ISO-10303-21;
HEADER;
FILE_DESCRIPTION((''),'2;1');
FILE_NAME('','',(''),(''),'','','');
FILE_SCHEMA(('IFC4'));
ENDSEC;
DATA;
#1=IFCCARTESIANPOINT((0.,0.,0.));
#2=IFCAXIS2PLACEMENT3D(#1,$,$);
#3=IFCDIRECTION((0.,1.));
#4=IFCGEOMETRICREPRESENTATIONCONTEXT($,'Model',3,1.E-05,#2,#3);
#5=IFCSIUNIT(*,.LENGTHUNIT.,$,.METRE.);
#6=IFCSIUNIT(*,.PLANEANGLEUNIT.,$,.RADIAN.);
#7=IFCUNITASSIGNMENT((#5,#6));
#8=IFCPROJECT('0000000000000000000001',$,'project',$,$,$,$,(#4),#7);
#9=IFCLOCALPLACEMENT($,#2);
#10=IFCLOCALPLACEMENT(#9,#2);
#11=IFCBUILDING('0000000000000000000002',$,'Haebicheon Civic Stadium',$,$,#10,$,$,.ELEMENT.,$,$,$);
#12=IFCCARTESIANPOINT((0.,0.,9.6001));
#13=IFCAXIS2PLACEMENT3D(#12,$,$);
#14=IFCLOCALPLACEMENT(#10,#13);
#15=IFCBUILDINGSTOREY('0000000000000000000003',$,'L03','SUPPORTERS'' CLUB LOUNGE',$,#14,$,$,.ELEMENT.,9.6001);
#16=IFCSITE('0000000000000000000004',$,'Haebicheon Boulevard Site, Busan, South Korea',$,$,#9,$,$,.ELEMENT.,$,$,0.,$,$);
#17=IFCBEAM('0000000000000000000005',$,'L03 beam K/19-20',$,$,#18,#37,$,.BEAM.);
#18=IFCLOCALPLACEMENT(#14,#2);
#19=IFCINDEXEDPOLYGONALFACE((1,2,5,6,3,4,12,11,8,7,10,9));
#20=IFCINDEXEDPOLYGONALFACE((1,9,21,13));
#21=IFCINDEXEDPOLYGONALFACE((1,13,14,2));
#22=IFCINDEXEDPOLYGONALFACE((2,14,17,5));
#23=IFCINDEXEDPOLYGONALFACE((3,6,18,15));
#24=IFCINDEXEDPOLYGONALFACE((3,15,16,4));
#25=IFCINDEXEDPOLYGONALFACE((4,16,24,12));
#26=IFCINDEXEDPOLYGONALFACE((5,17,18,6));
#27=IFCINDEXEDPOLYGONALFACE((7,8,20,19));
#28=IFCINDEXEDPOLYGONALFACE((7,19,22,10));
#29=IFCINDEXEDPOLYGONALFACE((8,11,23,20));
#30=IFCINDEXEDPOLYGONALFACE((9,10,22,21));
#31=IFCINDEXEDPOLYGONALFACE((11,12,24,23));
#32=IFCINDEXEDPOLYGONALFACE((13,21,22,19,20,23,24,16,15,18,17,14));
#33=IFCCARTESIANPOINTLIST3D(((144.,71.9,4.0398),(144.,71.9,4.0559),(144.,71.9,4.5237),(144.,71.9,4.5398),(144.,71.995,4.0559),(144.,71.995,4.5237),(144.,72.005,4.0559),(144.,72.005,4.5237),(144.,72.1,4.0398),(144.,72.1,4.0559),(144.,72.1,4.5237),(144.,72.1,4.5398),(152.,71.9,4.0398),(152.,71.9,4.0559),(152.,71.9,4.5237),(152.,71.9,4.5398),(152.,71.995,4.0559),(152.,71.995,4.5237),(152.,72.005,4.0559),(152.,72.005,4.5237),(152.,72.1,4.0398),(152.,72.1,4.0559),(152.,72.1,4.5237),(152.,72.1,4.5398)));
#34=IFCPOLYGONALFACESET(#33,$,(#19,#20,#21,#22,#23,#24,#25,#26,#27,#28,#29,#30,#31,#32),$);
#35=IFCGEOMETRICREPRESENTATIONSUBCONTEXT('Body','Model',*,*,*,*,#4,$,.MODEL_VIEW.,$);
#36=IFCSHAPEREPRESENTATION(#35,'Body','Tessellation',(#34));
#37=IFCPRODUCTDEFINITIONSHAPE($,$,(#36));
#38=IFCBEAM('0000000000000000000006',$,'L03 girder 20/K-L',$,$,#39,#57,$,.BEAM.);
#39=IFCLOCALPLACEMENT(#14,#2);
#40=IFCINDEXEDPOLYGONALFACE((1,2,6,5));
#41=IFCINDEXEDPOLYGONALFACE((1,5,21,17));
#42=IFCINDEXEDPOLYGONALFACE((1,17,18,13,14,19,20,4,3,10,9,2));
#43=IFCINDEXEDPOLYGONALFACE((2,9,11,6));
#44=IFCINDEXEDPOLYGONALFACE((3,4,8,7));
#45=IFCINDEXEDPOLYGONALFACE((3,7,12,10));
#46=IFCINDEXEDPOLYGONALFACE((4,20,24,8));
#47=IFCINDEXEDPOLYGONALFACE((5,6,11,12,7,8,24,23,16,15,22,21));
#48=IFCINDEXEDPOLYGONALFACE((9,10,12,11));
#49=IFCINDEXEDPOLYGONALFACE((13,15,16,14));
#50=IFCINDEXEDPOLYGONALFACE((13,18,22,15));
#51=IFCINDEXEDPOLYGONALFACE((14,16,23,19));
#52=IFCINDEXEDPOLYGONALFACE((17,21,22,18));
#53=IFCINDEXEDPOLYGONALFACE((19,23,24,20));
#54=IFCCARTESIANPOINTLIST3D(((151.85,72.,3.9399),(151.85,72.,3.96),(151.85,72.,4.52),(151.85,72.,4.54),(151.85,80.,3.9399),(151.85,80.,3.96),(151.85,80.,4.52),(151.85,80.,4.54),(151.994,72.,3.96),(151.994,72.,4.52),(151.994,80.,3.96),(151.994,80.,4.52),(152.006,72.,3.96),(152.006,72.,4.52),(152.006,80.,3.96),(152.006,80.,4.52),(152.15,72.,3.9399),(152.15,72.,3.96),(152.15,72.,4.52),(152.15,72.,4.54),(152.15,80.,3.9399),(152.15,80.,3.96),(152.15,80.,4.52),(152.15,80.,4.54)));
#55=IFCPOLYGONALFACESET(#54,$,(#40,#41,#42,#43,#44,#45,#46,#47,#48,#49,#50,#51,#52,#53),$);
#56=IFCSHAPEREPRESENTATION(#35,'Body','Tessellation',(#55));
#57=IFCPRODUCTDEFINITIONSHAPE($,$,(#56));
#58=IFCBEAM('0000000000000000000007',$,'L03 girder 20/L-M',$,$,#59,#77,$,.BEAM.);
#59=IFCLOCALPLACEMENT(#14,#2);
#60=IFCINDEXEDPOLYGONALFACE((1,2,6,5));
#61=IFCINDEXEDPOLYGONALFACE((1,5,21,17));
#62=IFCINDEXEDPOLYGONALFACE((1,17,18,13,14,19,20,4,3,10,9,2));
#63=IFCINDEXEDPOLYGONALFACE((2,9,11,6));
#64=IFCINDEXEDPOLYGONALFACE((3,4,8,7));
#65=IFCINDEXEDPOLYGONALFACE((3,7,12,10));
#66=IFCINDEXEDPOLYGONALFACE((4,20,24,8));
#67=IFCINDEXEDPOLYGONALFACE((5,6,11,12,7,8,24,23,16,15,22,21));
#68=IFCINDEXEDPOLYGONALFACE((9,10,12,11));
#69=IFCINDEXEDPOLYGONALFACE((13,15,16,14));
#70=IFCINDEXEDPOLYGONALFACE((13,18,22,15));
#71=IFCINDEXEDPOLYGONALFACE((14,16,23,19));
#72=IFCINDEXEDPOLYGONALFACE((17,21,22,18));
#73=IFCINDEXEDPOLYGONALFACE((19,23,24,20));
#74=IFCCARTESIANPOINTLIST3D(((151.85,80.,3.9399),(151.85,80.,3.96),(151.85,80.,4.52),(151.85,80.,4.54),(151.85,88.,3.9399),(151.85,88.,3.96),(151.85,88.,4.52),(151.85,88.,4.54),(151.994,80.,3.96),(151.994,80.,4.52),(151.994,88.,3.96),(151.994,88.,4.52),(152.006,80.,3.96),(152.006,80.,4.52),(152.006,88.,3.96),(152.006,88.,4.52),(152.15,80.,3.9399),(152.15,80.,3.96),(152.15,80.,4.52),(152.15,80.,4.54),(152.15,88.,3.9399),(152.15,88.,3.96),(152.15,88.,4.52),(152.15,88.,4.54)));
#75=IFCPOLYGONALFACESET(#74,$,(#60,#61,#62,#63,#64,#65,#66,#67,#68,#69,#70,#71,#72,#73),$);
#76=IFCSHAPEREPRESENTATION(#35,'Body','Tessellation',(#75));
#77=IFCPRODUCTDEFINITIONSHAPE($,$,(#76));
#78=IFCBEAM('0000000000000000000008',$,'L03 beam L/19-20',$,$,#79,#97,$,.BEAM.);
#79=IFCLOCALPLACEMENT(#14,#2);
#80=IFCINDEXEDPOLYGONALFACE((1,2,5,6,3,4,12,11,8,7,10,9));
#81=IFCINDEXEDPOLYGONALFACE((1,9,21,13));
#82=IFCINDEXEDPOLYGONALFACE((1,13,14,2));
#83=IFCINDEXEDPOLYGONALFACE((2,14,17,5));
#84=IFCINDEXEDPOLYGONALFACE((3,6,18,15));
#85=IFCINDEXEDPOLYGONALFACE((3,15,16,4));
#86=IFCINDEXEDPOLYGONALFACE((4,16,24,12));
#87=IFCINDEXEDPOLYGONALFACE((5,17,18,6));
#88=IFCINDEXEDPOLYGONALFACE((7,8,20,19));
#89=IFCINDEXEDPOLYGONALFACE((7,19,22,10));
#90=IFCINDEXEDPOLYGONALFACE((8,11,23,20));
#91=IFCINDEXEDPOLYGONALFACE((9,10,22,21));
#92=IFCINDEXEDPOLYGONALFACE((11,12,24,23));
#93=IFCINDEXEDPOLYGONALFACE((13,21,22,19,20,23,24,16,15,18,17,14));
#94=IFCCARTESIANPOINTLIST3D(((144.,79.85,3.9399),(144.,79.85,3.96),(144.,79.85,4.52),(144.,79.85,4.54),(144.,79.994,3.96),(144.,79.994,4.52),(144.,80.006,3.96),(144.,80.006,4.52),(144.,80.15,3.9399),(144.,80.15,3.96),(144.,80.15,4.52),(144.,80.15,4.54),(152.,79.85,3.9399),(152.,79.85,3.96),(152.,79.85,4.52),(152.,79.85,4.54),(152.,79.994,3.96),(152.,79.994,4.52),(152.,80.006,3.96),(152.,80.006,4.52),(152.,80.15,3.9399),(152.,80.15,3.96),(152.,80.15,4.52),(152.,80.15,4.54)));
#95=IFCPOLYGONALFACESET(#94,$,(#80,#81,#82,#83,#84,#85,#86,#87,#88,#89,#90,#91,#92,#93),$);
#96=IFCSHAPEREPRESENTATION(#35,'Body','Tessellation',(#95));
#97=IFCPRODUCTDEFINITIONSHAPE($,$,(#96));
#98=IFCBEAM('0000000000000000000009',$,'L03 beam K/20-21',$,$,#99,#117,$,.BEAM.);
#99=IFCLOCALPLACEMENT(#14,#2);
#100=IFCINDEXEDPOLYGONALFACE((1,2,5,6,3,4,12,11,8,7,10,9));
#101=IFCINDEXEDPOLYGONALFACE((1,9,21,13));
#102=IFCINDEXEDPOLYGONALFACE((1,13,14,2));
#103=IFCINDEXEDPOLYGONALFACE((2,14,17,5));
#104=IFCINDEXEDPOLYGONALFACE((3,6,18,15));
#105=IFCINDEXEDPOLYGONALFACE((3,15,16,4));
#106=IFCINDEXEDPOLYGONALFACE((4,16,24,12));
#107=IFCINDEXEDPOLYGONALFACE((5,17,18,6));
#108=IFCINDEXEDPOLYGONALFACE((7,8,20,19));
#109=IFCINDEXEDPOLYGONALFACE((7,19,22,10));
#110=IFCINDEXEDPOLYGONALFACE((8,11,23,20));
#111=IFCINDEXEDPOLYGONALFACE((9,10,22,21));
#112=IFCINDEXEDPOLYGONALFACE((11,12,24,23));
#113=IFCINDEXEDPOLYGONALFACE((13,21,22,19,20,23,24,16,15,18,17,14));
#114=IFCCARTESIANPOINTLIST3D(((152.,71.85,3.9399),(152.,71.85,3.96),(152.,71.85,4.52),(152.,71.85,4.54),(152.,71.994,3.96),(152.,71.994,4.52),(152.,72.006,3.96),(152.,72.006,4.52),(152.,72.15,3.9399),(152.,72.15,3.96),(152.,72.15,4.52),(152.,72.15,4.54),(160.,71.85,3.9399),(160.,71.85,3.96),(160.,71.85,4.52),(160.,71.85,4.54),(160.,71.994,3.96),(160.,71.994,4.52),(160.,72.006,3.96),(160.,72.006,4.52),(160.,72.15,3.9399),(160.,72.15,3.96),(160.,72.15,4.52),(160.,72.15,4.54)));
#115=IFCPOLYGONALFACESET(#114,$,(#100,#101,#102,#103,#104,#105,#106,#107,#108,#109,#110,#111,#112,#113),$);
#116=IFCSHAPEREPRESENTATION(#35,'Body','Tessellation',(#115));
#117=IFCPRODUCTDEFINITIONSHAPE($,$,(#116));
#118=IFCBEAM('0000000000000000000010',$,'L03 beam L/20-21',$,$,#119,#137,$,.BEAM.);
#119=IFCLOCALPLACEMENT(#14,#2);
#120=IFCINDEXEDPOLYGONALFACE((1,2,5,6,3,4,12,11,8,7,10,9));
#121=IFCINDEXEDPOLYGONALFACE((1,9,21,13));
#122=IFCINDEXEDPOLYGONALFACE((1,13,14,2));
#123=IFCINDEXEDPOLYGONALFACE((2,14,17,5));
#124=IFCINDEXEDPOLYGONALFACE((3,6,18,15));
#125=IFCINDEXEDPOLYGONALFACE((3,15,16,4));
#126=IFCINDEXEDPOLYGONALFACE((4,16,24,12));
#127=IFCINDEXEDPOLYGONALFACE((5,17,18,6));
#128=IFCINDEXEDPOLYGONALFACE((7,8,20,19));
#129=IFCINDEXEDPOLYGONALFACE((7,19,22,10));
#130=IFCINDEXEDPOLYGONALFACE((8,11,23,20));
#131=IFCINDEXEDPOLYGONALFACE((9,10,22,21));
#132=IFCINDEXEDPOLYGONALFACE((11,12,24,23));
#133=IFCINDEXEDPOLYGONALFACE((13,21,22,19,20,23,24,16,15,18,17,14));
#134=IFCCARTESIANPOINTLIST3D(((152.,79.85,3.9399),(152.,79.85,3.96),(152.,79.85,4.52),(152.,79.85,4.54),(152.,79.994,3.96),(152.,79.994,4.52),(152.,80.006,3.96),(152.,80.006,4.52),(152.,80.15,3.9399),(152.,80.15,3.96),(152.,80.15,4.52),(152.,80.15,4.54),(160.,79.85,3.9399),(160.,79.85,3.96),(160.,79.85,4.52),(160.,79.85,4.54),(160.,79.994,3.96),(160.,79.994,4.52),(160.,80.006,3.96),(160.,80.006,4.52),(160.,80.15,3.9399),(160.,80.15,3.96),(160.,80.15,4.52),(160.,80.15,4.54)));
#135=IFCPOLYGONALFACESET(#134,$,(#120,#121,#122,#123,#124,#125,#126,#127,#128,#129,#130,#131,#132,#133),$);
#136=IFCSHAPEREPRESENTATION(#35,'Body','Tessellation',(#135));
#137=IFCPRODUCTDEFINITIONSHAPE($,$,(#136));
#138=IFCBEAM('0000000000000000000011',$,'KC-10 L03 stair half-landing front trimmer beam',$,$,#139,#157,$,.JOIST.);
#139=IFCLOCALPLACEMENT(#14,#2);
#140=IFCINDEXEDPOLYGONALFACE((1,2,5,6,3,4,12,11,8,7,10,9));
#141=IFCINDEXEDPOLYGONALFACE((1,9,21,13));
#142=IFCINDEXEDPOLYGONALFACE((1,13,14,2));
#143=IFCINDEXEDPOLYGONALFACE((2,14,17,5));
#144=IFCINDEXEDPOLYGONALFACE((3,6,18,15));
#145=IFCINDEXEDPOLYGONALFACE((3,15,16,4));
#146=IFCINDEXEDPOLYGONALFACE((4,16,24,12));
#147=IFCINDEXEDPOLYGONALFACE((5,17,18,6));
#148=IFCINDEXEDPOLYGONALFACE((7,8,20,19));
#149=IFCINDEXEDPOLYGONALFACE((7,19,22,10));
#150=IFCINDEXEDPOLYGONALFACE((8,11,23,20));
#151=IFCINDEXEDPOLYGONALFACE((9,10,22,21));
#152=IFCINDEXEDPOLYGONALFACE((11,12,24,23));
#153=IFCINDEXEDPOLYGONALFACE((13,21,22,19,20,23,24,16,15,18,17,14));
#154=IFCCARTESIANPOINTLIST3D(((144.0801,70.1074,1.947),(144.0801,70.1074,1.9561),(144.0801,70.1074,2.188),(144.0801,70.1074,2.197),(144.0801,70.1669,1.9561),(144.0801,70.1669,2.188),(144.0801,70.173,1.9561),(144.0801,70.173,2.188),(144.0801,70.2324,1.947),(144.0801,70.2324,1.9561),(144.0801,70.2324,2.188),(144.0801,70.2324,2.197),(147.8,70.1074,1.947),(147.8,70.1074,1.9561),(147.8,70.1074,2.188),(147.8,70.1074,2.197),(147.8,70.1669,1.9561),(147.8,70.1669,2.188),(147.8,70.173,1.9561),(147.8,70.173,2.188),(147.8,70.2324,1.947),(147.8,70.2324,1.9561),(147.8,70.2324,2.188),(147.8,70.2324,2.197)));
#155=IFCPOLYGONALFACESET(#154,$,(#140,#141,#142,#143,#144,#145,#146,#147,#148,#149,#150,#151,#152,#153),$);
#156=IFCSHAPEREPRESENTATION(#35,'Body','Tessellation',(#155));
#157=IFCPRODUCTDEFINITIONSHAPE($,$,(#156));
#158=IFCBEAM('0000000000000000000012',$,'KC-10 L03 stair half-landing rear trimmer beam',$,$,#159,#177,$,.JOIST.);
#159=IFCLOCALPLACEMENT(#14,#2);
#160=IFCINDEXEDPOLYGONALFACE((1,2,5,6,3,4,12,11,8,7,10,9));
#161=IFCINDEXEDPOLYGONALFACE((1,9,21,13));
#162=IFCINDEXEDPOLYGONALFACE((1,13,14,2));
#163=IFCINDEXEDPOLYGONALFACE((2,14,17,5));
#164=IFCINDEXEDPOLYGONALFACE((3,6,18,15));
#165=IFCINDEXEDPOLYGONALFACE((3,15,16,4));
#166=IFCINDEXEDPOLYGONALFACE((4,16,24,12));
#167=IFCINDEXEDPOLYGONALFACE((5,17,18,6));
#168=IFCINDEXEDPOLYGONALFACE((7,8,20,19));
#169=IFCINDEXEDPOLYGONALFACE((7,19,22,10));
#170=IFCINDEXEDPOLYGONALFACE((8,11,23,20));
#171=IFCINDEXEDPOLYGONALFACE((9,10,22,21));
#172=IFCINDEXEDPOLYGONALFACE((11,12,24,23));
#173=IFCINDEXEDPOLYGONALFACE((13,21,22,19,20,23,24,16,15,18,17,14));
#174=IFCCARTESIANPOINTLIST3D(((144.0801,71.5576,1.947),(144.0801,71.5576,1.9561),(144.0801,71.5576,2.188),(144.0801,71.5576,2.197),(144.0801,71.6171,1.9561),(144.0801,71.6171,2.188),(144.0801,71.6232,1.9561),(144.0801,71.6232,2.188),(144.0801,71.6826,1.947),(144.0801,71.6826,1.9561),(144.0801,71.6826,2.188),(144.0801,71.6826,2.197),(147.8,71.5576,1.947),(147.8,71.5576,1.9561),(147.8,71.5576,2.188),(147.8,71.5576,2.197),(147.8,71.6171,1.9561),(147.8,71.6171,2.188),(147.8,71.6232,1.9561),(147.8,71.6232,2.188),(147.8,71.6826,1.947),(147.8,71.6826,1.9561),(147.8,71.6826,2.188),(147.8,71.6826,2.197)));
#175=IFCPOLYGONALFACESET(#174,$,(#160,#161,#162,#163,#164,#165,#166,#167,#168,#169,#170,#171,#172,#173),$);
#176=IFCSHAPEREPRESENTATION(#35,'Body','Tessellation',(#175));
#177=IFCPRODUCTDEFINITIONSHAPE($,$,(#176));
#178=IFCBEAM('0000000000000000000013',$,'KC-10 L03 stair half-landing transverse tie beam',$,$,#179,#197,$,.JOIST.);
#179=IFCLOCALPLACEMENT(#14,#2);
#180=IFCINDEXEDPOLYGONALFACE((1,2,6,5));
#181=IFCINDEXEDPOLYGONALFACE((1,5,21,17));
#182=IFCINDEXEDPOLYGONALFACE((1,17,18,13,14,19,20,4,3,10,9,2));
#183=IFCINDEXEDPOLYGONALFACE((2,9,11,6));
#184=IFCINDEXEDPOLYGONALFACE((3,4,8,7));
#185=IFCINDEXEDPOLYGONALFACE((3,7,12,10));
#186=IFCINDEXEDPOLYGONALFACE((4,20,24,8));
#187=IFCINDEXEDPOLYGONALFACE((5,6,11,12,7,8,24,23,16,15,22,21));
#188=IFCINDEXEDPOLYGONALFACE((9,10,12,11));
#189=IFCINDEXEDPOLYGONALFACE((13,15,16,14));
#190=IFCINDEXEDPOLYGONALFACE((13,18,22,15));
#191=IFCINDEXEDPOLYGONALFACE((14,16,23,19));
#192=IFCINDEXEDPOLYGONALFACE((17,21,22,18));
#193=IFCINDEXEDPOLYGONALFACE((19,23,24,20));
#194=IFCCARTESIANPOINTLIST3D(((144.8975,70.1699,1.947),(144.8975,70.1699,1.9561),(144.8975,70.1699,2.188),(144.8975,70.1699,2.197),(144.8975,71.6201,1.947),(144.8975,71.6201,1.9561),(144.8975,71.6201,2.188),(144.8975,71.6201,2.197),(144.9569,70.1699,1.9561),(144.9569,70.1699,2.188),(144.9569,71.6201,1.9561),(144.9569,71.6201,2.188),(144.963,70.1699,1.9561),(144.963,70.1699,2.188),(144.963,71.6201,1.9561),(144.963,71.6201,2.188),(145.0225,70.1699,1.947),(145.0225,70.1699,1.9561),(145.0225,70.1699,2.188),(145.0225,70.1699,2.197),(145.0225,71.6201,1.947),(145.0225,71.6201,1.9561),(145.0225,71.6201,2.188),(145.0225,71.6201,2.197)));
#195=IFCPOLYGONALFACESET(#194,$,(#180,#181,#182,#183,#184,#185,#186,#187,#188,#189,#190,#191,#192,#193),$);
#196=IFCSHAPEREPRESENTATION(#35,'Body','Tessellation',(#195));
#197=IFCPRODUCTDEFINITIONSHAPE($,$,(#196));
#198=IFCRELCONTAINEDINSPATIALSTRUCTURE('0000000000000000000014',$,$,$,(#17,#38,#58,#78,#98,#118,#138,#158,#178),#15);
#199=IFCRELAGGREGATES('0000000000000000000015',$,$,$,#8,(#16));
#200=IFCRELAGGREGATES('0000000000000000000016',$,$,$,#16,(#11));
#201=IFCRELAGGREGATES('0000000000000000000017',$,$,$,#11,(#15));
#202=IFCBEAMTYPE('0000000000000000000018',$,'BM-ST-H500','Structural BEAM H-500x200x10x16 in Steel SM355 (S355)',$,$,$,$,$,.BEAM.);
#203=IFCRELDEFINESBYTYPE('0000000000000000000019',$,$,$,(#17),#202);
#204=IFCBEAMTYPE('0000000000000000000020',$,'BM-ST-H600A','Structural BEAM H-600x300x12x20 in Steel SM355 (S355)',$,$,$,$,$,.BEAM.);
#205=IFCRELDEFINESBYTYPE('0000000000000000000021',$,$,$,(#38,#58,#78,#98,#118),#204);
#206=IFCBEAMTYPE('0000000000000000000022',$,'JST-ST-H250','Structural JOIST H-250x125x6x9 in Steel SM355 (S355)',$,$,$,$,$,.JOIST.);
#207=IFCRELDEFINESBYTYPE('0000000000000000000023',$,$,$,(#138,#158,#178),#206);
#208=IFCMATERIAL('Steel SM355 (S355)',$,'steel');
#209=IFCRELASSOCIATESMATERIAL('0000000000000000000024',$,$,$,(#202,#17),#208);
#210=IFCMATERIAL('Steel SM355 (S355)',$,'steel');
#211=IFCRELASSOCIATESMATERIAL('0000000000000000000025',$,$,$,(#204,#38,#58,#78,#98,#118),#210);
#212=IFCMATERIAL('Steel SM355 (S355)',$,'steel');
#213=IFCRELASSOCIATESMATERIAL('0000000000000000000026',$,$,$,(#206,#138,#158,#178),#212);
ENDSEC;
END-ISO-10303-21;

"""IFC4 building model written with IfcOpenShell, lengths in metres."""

from ifc_helpers import new_model, si_unit, direction, frame, origin, origin_2d, place, context, subcontext, project, spatial, i_section, extrude, material, material_profile, profile_set, type_object, element, save


model = new_model("IFC4")

# Units and contexts
model_context = context("Model", 3, precision=1e-05, world=origin(), true_north=direction((0.0, 1.0)))
body_context = subcontext(model_context, "Body", "Model", "MODEL_VIEW")
ifc_project = project(units=[si_unit("LENGTHUNIT", "METRE"), si_unit("PLANEANGLEUNIT", "RADIAN")], contexts=[model_context])

# Site, building, storey
site_placement = place(None, origin())
site = spatial("IfcSite", under=ifc_project, at=site_placement, Name="Haebicheon Boulevard Site, Busan, South Korea", CompositionType="ELEMENT", RefElevation=0.0)
building_placement = place(site_placement, origin())
building = spatial("IfcBuilding", under=site, at=building_placement, Name="Haebicheon Civic Stadium", CompositionType="ELEMENT")
storey_placement = place(building_placement, frame((0.0, 0.0, 9.6001)))
storey = spatial("IfcBuildingStorey", under=building, at=storey_placement, Name="L03", Description="SUPPORTERS' CLUB LOUNGE", CompositionType="ELEMENT", Elevation=9.6001)

# Beams
ifc_material_1 = material(Name="Steel SM355 (S355)", Category="steel")
ifc_material_profile_1 = material_profile(ifc_material_1, i_section(OverallWidth=0.2, OverallDepth=0.5, WebThickness=0.01, FlangeThickness=0.0161, at=origin_2d()), Name="H-500x200x10x16")
ifc_profile_set_1 = profile_set([ifc_material_profile_1], Name="Steel SM355 (S355)")
beam_type_1 = type_object("IfcBeamType", Name="BM-ST-H500", Description="Structural BEAM H-500x200x10x16 in Steel SM355 (S355)", PredefinedType="BEAM", material=ifc_profile_set_1)
beam_1_placement = place(storey_placement, frame((144.0, 72.0, 4.2898), z_axis=(1.0, 0.0, 0.0), x_axis=(0.0, 1.0, 0.0)))
element("IfcBeam", 1, at=beam_1_placement, inside=storey, type_object=beam_type_1, material=ifc_profile_set_1, Name="L03 beam K/19-20", PredefinedType="BEAM", context=body_context, shape_type="SweptSolid", body=[
    extrude(i_section(OverallWidth=0.2, OverallDepth=0.5, WebThickness=0.01, FlangeThickness=0.0161, at=origin_2d()), origin(), (0.0, 0.0, 1.0), 8.0),
])
ifc_material_2 = material(Name="Steel SM355 (S355)", Category="steel")
ifc_material_profile_2 = material_profile(ifc_material_2, i_section(OverallWidth=0.3, OverallDepth=0.6001, WebThickness=0.012, FlangeThickness=0.02, at=origin_2d()), Name="H-600x300x12x20")
ifc_profile_set_2 = profile_set([ifc_material_profile_2], Name="Steel SM355 (S355)")
beam_type_2 = type_object("IfcBeamType", Name="BM-ST-H600A", Description="Structural BEAM H-600x300x12x20 in Steel SM355 (S355)", PredefinedType="BEAM", material=ifc_profile_set_2)
for number, where, z_axis, x_axis, name in (
    (2, (152.0, 72.0, 4.24), (0.0, 1.0, 0.0), (-1.0, 0.0, 0.0), "L03 girder 20/K-L"),
    (3, (152.0, 80.0, 4.24), (0.0, 1.0, 0.0), (-1.0, 0.0, 0.0), "L03 girder 20/L-M"),
    (4, (144.0, 80.0, 4.24), (1.0, 0.0, 0.0), (0.0, 1.0, 0.0), "L03 beam L/19-20"),
    (5, (152.0, 72.0, 4.24), (1.0, 0.0, 0.0), (0.0, 1.0, 0.0), "L03 beam K/20-21"),
    (6, (152.0, 80.0, 4.24), (1.0, 0.0, 0.0), (0.0, 1.0, 0.0), "L03 beam L/20-21"),
):
    element("IfcBeam", number, at=place(storey_placement, frame(where, z_axis=z_axis, x_axis=x_axis)), inside=storey, type_object=beam_type_2, material=ifc_profile_set_2, Name=name, PredefinedType="BEAM", context=body_context, shape_type="SweptSolid", body=[
        extrude(i_section(OverallWidth=0.3, OverallDepth=0.6001, WebThickness=0.012, FlangeThickness=0.02, at=origin_2d()), origin(), (0.0, 0.0, 1.0), 8.0),
    ])
ifc_material_3 = material(Name="Steel SM355 (S355)", Category="steel")
ifc_material_profile_3 = material_profile(ifc_material_3, i_section(OverallWidth=0.125, OverallDepth=0.25, WebThickness=0.0061, FlangeThickness=0.009, at=origin_2d()), Name="H-250x125x6x9")
ifc_profile_set_3 = profile_set([ifc_material_profile_3], Name="Steel SM355 (S355)")
beam_type_3 = type_object("IfcBeamType", Name="JST-ST-H250", Description="Structural JOIST H-250x125x6x9 in Steel SM355 (S355)", PredefinedType="JOIST", material=ifc_profile_set_3)
for number, where, z_axis, x_axis, name in (
    (7, (144.0801, 70.1699, 2.072), (1.0, 0.0, 0.0), (0.0, 1.0, 0.0), "KC-10 L03 stair half-landing front trimmer beam"),
    (8, (144.0801, 71.6201, 2.072), (1.0, 0.0, 0.0), (0.0, 1.0, 0.0), "KC-10 L03 stair half-landing rear trimmer beam"),
):
    element("IfcBeam", number, at=place(storey_placement, frame(where, z_axis=z_axis, x_axis=x_axis)), inside=storey, type_object=beam_type_3, material=ifc_profile_set_3, Name=name, PredefinedType="JOIST", context=body_context, shape_type="SweptSolid", body=[
        extrude(i_section(OverallWidth=0.125, OverallDepth=0.25, WebThickness=0.0061, FlangeThickness=0.009, at=origin_2d()), origin(), (0.0, 0.0, 1.0), 3.72),
    ])
beam_2_placement = place(storey_placement, frame((144.96, 70.1699, 2.072), z_axis=(0.0, 1.0, 0.0), x_axis=(-1.0, 0.0, 0.0)))
element("IfcBeam", 9, at=beam_2_placement, inside=storey, type_object=beam_type_3, material=ifc_profile_set_3, Name="KC-10 L03 stair half-landing transverse tie beam", PredefinedType="JOIST", context=body_context, shape_type="SweptSolid", body=[
    extrude(i_section(OverallWidth=0.125, OverallDepth=0.25, WebThickness=0.0061, FlangeThickness=0.009, at=origin_2d()), origin(), (0.0, 0.0, 1.0), 1.4502),
])

save(model, "model.ifc")
